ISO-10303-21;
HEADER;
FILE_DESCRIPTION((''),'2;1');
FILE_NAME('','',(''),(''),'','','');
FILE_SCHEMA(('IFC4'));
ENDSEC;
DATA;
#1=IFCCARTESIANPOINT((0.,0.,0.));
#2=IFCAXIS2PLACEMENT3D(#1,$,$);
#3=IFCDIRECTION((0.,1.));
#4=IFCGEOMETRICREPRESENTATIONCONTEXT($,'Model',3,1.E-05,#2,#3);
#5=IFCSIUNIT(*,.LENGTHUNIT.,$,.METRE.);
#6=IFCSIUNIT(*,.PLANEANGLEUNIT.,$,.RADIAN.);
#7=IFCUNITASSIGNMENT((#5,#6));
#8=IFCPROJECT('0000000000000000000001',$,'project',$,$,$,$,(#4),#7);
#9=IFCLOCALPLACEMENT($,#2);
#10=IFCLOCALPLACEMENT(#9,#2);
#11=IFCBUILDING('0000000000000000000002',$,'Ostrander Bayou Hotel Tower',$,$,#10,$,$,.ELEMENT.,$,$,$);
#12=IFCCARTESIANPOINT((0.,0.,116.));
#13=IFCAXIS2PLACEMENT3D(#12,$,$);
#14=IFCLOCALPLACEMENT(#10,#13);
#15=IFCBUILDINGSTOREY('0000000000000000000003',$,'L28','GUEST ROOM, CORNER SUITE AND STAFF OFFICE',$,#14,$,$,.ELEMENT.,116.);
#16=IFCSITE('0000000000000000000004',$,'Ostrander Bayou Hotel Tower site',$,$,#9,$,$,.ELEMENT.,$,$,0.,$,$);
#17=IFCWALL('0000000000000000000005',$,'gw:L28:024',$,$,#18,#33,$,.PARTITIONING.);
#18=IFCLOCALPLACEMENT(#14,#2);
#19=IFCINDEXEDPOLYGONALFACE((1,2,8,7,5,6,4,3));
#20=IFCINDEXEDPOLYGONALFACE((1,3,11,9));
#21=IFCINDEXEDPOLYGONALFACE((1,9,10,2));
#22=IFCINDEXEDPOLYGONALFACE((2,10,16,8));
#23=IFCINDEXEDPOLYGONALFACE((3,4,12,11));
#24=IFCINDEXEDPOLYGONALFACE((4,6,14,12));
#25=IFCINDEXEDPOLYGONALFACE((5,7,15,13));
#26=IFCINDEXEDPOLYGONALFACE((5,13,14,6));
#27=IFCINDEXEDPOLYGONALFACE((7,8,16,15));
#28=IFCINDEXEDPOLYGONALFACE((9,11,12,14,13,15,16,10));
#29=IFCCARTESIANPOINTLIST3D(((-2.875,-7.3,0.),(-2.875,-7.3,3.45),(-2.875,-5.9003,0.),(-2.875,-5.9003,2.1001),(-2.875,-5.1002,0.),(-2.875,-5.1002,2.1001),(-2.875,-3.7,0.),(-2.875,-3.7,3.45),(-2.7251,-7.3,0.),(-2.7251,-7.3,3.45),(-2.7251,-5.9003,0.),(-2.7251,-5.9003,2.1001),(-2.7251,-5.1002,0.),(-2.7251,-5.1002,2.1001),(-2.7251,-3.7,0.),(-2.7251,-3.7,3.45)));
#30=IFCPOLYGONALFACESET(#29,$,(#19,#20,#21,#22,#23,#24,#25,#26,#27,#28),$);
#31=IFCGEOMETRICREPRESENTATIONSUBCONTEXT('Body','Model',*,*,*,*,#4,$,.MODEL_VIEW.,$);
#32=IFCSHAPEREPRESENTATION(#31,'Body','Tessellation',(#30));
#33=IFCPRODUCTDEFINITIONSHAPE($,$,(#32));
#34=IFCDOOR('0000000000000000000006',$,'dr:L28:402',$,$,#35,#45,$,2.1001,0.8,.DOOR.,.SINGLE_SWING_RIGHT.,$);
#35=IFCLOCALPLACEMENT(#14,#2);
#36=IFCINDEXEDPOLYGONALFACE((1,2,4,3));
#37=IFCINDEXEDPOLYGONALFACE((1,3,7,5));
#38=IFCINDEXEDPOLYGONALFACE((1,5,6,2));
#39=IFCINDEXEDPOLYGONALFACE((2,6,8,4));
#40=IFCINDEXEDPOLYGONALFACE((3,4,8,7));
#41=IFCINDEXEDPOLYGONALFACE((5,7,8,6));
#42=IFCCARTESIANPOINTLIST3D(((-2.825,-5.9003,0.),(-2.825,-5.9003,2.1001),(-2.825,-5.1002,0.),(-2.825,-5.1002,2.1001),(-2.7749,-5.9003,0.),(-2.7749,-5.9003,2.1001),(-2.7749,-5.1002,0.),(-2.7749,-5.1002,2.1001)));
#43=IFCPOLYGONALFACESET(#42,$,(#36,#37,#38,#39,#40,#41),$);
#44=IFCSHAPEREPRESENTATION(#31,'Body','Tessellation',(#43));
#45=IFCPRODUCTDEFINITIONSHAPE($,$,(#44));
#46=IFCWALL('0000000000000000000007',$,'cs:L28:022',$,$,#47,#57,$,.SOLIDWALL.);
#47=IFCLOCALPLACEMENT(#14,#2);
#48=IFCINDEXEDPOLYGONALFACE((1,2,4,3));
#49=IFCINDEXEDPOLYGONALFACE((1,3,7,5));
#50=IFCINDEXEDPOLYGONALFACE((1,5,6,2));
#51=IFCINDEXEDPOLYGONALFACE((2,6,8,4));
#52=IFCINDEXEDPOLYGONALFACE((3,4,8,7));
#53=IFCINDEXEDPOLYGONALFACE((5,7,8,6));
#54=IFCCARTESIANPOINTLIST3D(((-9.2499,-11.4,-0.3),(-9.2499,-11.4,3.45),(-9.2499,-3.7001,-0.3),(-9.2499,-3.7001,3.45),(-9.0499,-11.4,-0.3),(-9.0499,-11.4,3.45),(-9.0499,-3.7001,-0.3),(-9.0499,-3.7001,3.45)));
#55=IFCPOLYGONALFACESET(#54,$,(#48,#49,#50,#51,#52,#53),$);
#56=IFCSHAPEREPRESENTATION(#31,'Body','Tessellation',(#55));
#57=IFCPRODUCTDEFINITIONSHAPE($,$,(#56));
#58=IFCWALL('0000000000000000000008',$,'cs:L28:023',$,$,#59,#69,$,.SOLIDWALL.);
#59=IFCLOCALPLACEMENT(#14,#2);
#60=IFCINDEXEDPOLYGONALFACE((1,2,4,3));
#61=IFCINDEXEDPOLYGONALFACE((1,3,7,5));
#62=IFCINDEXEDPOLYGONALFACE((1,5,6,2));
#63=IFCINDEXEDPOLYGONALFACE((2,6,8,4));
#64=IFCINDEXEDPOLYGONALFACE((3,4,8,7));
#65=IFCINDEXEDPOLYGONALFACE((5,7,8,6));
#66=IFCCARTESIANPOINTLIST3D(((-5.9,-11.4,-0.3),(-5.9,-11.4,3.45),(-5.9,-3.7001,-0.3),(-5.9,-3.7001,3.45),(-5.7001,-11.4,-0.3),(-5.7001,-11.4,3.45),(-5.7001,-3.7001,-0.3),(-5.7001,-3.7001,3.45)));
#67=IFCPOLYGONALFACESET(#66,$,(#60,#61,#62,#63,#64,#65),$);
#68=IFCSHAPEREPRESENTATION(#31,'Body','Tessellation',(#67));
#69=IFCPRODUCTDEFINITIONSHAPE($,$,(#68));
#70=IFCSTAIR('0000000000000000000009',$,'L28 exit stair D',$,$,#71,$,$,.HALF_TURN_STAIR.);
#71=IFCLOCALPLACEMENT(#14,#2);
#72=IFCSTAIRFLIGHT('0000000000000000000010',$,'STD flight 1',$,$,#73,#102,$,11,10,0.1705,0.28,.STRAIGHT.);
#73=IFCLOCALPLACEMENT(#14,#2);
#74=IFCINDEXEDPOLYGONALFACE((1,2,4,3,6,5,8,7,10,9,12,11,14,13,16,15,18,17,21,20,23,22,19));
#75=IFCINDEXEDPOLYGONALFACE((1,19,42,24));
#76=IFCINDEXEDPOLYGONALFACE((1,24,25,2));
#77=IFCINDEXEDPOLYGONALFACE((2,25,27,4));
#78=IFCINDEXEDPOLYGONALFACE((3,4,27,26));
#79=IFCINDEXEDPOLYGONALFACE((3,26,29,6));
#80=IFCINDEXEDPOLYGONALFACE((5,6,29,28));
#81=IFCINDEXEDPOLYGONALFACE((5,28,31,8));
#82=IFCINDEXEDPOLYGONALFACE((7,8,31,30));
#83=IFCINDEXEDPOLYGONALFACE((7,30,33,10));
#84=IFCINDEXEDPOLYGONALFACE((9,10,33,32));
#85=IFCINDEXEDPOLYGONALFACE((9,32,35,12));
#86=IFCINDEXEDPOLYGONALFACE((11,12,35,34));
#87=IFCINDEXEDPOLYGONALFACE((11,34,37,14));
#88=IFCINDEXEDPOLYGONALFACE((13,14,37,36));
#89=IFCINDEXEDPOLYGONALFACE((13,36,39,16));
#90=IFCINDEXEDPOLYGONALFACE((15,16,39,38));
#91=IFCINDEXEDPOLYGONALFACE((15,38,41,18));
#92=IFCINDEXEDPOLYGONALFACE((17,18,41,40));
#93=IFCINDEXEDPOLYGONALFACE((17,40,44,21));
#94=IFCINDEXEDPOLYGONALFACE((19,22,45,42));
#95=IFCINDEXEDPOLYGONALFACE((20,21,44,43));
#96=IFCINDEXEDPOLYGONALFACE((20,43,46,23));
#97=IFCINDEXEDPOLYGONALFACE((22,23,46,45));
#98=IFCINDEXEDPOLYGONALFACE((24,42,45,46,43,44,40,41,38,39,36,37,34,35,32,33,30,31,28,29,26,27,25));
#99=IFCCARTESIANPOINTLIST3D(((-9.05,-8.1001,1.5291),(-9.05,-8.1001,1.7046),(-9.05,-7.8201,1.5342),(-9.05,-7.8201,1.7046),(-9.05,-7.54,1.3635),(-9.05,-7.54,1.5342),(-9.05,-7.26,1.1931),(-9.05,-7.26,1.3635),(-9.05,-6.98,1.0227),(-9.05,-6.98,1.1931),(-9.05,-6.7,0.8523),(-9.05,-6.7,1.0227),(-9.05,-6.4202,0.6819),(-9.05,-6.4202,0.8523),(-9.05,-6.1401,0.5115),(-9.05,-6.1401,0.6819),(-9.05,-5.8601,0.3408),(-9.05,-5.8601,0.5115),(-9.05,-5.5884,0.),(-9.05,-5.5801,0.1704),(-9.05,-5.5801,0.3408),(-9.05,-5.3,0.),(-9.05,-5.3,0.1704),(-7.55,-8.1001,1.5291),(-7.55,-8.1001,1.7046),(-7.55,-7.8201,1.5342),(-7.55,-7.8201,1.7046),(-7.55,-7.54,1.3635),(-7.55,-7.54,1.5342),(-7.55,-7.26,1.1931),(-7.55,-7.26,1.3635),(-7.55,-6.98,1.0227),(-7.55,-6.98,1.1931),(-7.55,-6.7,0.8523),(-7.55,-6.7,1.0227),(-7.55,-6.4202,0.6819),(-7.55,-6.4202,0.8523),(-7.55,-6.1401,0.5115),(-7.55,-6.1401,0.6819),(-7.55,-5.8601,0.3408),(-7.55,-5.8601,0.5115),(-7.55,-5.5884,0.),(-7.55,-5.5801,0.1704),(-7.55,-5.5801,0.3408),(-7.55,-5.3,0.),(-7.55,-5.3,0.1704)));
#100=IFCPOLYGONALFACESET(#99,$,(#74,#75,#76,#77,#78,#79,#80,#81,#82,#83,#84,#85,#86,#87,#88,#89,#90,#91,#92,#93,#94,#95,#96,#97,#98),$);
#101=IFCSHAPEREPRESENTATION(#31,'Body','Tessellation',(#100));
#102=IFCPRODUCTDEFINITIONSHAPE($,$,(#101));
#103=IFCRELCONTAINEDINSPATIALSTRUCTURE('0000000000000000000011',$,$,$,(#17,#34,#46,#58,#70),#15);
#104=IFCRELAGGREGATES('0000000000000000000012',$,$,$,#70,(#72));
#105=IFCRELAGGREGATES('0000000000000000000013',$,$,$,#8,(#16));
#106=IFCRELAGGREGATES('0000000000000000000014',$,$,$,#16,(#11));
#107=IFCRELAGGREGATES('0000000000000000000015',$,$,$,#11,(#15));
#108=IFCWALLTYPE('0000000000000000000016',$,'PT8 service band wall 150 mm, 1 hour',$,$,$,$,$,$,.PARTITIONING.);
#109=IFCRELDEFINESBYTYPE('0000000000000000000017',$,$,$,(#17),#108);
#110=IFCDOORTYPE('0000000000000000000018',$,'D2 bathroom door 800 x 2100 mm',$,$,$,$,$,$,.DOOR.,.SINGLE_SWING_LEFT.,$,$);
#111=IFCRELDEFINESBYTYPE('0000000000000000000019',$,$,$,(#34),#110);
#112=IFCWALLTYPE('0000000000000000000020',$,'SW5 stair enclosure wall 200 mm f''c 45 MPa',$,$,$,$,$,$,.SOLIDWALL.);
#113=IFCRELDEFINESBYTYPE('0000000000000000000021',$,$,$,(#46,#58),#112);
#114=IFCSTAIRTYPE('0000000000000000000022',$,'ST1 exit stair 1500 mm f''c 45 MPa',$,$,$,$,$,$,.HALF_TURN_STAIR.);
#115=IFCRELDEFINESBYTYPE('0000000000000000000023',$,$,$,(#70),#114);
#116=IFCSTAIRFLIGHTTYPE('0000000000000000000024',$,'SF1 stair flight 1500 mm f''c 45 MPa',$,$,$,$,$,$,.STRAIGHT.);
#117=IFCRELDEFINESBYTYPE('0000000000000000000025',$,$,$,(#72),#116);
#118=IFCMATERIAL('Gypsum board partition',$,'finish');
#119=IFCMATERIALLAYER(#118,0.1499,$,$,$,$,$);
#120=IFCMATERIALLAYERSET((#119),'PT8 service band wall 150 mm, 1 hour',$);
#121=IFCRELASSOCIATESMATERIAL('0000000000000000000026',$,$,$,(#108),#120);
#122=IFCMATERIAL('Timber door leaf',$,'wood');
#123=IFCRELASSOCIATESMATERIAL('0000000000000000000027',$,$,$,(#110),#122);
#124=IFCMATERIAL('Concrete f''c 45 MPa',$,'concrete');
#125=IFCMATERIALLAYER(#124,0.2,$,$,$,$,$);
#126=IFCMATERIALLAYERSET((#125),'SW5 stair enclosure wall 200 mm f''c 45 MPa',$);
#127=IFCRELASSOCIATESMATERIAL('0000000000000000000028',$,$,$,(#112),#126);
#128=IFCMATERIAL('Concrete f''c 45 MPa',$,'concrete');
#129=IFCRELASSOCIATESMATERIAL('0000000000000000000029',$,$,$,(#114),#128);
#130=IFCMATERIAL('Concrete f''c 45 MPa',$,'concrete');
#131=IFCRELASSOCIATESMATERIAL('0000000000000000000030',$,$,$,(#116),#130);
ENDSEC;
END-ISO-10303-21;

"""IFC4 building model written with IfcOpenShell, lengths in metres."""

from ifc_helpers import new_model, si_unit, direction, frame, frame_2d, origin, place, context, subcontext, project, spatial, polyline, rectangle, outline, extrude, material, layer, layer_set, type_object, element, fill, aggregate, save


model = new_model("IFC4")

# Units and contexts
model_context = context("Model", 3, precision=1e-05, world=origin(), true_north=direction((0.0, 1.0)))
body_context = subcontext(model_context, "Body", "Model", "MODEL_VIEW")
ifc_project = project(units=[si_unit("LENGTHUNIT", "METRE"), si_unit("PLANEANGLEUNIT", "RADIAN")], contexts=[model_context])

# Site, building, storey
site_placement = place(None, origin())
site = spatial("IfcSite", under=ifc_project, at=site_placement, Name="Ostrander Bayou Hotel Tower site", CompositionType="ELEMENT", RefElevation=0.0)
building_placement = place(site_placement, origin())
building = spatial("IfcBuilding", under=site, at=building_placement, Name="Ostrander Bayou Hotel Tower", CompositionType="ELEMENT")
storey_placement = place(building_placement, frame((0.0, 0.0, 116.0)))
storey = spatial("IfcBuildingStorey", under=building, at=storey_placement, Name="L28", Description="GUEST ROOM, CORNER SUITE AND STAFF OFFICE", CompositionType="ELEMENT", Elevation=116.0)

# Shared definitions
ifc_material_1 = material(Name="Gypsum board partition", Category="finish")
ifc_layer_1 = layer(ifc_material_1, 0.1499)
ifc_layer_set_1 = layer_set([ifc_layer_1], Name="PT8 service band wall 150 mm, 1 hour")
wall_type_1 = type_object("IfcWallType", Name="PT8 service band wall 150 mm, 1 hour", PredefinedType="PARTITIONING", material=ifc_layer_set_1)

# Wall, opening, door
wall_1_placement = place(storey_placement, frame((-2.8, -7.3, 0.0), z_axis=(0.0, 0.0, 1.0), x_axis=(0.0, 1.0, 0.0)))
wall_1 = element("IfcWall", 1, at=wall_1_placement, inside=storey, type_object=wall_type_1, Name="gw:L28:024", PredefinedType="PARTITIONING", context=body_context, shape_type="SweptSolid", body=[
    extrude(rectangle(XDim=3.6001, YDim=0.1499, at=frame_2d((1.8, 0.0))), origin(), (0.0, 0.0, 1.0), 3.45),
])
opening_1_placement = place(wall_1_placement, frame((1.3999, 0.0, 0.0)))
opening_1 = element("IfcOpeningElement", 2, at=opening_1_placement, cuts=wall_1, PredefinedType="OPENING", context=body_context, shape_type="SweptSolid", body=[
    extrude(rectangle(XDim=0.8, YDim=2.1001, at=frame_2d((0.3999, 1.05))), frame((0.0, 0.075, 0.0), z_axis=(0.0, -1.0, 0.0), x_axis=(1.0, 0.0, 0.0)), (0.0, 0.0, 1.0), 0.1499),
])
ifc_material_2 = material(Name="Timber door leaf", Category="wood")
door_type_1 = type_object("IfcDoorType", Name="D2 bathroom door 800 x 2100 mm", OperationType="SINGLE_SWING_LEFT", PredefinedType="DOOR", material=ifc_material_2)
door_1_placement = place(opening_1_placement, origin())
door_1 = element("IfcDoor", 3, at=door_1_placement, inside=storey, type_object=door_type_1, Name="dr:L28:402", OperationType="SINGLE_SWING_RIGHT", OverallHeight=2.1001, OverallWidth=0.8, PredefinedType="DOOR", context=body_context, shape_type="SweptSolid", body=[
    extrude(rectangle(XDim=0.8, YDim=2.1001, at=frame_2d((0.3999, 1.05))), frame((0.0, 0.0249, 0.0), z_axis=(0.0, -1.0, 0.0), x_axis=(1.0, 0.0, 0.0)), (0.0, 0.0, 1.0), 0.05),
])
fill(opening_1, door_1)
ifc_material_3 = material(Name="Concrete f'c 45 MPa", Category="concrete")
ifc_layer_2 = layer(ifc_material_3, 0.2)
ifc_layer_set_2 = layer_set([ifc_layer_2], Name="SW5 stair enclosure wall 200 mm f'c 45 MPa")
wall_type_2 = type_object("IfcWallType", Name="SW5 stair enclosure wall 200 mm f'c 45 MPa", PredefinedType="SOLIDWALL", material=ifc_layer_set_2)

# Walls
for number, where, z_axis, x_axis, name in (
    (4, (-9.1499, -3.7, -0.3), (0.0, 0.0, 1.0), (0.0, -1.0, 0.0), "cs:L28:022"),
    (5, (-5.8, -3.7, -0.3), (0.0, 0.0, 1.0), (0.0, -1.0, 0.0), "cs:L28:023"),
):
    element("IfcWall", number, at=place(storey_placement, frame(where, z_axis=z_axis, x_axis=x_axis)), inside=storey, type_object=wall_type_2, Name=name, PredefinedType="SOLIDWALL", context=body_context, shape_type="SweptSolid", body=[
        extrude(rectangle(XDim=7.7, YDim=0.2, at=frame_2d((3.8501, 0.0))), origin(), (0.0, 0.0, 1.0), 3.75),
    ])

# Stair, stair flight
ifc_material_4 = material(Name="Concrete f'c 45 MPa", Category="concrete")
stair_type = type_object("IfcStairType", Name="ST1 exit stair 1500 mm f'c 45 MPa", PredefinedType="HALF_TURN_STAIR", material=ifc_material_4)
stair_placement = place(storey_placement, origin())
stair = element("IfcStair", 6, at=stair_placement, inside=storey, type_object=stair_type, Name="L28 exit stair D", PredefinedType="HALF_TURN_STAIR")
ifc_material_5 = material(Name="Concrete f'c 45 MPa", Category="concrete")
stair_flight_type = type_object("IfcStairFlightType", Name="SF1 stair flight 1500 mm f'c 45 MPa", PredefinedType="STRAIGHT", material=ifc_material_5)
stair_flight_placement = place(storey_placement, frame((-8.3, -5.3, 0.0), z_axis=(0.0, 0.0, 1.0), x_axis=(0.0, -1.0, 0.0)))
stair_flight = element("IfcStairFlight", 7, at=stair_flight_placement, type_object=stair_flight_type, Name="STD flight 1", NumberOfRisers=11, NumberOfTreads=10, PredefinedType="STRAIGHT", RiserHeight=0.1705, TreadLength=0.28, context=body_context, shape_type="SweptSolid", body=[
    extrude(outline(polyline([(0.0, 0.0), (0.0, 0.1704), (0.28, 0.1704), (0.28, 0.3408), (0.5601, 0.3408), (0.5601, 0.5115), (0.8401, 0.5115), (0.8401, 0.6819), (1.1201, 0.6819), (1.1201, 0.8523), (1.3999, 0.8523), (1.3999, 1.0227), (1.6799, 1.0227), (1.6799, 1.1931), (1.96, 1.1931), (1.96, 1.3635), (2.24, 1.3635), (2.24, 1.5342), (2.52, 1.5342), (2.52, 1.7046), (2.8, 1.7046), (2.8, 1.875), (2.8, 1.5291), (0.2883, 0.0), (0.0, 0.0)])), frame((0.0, 0.75, 0.0), z_axis=(0.0, -1.0, 0.0), x_axis=(1.0, 0.0, 0.0)), (0.0, 0.0, 1.0), 1.5),
])
aggregate(stair, [stair_flight])

save(model, "model.ifc")
